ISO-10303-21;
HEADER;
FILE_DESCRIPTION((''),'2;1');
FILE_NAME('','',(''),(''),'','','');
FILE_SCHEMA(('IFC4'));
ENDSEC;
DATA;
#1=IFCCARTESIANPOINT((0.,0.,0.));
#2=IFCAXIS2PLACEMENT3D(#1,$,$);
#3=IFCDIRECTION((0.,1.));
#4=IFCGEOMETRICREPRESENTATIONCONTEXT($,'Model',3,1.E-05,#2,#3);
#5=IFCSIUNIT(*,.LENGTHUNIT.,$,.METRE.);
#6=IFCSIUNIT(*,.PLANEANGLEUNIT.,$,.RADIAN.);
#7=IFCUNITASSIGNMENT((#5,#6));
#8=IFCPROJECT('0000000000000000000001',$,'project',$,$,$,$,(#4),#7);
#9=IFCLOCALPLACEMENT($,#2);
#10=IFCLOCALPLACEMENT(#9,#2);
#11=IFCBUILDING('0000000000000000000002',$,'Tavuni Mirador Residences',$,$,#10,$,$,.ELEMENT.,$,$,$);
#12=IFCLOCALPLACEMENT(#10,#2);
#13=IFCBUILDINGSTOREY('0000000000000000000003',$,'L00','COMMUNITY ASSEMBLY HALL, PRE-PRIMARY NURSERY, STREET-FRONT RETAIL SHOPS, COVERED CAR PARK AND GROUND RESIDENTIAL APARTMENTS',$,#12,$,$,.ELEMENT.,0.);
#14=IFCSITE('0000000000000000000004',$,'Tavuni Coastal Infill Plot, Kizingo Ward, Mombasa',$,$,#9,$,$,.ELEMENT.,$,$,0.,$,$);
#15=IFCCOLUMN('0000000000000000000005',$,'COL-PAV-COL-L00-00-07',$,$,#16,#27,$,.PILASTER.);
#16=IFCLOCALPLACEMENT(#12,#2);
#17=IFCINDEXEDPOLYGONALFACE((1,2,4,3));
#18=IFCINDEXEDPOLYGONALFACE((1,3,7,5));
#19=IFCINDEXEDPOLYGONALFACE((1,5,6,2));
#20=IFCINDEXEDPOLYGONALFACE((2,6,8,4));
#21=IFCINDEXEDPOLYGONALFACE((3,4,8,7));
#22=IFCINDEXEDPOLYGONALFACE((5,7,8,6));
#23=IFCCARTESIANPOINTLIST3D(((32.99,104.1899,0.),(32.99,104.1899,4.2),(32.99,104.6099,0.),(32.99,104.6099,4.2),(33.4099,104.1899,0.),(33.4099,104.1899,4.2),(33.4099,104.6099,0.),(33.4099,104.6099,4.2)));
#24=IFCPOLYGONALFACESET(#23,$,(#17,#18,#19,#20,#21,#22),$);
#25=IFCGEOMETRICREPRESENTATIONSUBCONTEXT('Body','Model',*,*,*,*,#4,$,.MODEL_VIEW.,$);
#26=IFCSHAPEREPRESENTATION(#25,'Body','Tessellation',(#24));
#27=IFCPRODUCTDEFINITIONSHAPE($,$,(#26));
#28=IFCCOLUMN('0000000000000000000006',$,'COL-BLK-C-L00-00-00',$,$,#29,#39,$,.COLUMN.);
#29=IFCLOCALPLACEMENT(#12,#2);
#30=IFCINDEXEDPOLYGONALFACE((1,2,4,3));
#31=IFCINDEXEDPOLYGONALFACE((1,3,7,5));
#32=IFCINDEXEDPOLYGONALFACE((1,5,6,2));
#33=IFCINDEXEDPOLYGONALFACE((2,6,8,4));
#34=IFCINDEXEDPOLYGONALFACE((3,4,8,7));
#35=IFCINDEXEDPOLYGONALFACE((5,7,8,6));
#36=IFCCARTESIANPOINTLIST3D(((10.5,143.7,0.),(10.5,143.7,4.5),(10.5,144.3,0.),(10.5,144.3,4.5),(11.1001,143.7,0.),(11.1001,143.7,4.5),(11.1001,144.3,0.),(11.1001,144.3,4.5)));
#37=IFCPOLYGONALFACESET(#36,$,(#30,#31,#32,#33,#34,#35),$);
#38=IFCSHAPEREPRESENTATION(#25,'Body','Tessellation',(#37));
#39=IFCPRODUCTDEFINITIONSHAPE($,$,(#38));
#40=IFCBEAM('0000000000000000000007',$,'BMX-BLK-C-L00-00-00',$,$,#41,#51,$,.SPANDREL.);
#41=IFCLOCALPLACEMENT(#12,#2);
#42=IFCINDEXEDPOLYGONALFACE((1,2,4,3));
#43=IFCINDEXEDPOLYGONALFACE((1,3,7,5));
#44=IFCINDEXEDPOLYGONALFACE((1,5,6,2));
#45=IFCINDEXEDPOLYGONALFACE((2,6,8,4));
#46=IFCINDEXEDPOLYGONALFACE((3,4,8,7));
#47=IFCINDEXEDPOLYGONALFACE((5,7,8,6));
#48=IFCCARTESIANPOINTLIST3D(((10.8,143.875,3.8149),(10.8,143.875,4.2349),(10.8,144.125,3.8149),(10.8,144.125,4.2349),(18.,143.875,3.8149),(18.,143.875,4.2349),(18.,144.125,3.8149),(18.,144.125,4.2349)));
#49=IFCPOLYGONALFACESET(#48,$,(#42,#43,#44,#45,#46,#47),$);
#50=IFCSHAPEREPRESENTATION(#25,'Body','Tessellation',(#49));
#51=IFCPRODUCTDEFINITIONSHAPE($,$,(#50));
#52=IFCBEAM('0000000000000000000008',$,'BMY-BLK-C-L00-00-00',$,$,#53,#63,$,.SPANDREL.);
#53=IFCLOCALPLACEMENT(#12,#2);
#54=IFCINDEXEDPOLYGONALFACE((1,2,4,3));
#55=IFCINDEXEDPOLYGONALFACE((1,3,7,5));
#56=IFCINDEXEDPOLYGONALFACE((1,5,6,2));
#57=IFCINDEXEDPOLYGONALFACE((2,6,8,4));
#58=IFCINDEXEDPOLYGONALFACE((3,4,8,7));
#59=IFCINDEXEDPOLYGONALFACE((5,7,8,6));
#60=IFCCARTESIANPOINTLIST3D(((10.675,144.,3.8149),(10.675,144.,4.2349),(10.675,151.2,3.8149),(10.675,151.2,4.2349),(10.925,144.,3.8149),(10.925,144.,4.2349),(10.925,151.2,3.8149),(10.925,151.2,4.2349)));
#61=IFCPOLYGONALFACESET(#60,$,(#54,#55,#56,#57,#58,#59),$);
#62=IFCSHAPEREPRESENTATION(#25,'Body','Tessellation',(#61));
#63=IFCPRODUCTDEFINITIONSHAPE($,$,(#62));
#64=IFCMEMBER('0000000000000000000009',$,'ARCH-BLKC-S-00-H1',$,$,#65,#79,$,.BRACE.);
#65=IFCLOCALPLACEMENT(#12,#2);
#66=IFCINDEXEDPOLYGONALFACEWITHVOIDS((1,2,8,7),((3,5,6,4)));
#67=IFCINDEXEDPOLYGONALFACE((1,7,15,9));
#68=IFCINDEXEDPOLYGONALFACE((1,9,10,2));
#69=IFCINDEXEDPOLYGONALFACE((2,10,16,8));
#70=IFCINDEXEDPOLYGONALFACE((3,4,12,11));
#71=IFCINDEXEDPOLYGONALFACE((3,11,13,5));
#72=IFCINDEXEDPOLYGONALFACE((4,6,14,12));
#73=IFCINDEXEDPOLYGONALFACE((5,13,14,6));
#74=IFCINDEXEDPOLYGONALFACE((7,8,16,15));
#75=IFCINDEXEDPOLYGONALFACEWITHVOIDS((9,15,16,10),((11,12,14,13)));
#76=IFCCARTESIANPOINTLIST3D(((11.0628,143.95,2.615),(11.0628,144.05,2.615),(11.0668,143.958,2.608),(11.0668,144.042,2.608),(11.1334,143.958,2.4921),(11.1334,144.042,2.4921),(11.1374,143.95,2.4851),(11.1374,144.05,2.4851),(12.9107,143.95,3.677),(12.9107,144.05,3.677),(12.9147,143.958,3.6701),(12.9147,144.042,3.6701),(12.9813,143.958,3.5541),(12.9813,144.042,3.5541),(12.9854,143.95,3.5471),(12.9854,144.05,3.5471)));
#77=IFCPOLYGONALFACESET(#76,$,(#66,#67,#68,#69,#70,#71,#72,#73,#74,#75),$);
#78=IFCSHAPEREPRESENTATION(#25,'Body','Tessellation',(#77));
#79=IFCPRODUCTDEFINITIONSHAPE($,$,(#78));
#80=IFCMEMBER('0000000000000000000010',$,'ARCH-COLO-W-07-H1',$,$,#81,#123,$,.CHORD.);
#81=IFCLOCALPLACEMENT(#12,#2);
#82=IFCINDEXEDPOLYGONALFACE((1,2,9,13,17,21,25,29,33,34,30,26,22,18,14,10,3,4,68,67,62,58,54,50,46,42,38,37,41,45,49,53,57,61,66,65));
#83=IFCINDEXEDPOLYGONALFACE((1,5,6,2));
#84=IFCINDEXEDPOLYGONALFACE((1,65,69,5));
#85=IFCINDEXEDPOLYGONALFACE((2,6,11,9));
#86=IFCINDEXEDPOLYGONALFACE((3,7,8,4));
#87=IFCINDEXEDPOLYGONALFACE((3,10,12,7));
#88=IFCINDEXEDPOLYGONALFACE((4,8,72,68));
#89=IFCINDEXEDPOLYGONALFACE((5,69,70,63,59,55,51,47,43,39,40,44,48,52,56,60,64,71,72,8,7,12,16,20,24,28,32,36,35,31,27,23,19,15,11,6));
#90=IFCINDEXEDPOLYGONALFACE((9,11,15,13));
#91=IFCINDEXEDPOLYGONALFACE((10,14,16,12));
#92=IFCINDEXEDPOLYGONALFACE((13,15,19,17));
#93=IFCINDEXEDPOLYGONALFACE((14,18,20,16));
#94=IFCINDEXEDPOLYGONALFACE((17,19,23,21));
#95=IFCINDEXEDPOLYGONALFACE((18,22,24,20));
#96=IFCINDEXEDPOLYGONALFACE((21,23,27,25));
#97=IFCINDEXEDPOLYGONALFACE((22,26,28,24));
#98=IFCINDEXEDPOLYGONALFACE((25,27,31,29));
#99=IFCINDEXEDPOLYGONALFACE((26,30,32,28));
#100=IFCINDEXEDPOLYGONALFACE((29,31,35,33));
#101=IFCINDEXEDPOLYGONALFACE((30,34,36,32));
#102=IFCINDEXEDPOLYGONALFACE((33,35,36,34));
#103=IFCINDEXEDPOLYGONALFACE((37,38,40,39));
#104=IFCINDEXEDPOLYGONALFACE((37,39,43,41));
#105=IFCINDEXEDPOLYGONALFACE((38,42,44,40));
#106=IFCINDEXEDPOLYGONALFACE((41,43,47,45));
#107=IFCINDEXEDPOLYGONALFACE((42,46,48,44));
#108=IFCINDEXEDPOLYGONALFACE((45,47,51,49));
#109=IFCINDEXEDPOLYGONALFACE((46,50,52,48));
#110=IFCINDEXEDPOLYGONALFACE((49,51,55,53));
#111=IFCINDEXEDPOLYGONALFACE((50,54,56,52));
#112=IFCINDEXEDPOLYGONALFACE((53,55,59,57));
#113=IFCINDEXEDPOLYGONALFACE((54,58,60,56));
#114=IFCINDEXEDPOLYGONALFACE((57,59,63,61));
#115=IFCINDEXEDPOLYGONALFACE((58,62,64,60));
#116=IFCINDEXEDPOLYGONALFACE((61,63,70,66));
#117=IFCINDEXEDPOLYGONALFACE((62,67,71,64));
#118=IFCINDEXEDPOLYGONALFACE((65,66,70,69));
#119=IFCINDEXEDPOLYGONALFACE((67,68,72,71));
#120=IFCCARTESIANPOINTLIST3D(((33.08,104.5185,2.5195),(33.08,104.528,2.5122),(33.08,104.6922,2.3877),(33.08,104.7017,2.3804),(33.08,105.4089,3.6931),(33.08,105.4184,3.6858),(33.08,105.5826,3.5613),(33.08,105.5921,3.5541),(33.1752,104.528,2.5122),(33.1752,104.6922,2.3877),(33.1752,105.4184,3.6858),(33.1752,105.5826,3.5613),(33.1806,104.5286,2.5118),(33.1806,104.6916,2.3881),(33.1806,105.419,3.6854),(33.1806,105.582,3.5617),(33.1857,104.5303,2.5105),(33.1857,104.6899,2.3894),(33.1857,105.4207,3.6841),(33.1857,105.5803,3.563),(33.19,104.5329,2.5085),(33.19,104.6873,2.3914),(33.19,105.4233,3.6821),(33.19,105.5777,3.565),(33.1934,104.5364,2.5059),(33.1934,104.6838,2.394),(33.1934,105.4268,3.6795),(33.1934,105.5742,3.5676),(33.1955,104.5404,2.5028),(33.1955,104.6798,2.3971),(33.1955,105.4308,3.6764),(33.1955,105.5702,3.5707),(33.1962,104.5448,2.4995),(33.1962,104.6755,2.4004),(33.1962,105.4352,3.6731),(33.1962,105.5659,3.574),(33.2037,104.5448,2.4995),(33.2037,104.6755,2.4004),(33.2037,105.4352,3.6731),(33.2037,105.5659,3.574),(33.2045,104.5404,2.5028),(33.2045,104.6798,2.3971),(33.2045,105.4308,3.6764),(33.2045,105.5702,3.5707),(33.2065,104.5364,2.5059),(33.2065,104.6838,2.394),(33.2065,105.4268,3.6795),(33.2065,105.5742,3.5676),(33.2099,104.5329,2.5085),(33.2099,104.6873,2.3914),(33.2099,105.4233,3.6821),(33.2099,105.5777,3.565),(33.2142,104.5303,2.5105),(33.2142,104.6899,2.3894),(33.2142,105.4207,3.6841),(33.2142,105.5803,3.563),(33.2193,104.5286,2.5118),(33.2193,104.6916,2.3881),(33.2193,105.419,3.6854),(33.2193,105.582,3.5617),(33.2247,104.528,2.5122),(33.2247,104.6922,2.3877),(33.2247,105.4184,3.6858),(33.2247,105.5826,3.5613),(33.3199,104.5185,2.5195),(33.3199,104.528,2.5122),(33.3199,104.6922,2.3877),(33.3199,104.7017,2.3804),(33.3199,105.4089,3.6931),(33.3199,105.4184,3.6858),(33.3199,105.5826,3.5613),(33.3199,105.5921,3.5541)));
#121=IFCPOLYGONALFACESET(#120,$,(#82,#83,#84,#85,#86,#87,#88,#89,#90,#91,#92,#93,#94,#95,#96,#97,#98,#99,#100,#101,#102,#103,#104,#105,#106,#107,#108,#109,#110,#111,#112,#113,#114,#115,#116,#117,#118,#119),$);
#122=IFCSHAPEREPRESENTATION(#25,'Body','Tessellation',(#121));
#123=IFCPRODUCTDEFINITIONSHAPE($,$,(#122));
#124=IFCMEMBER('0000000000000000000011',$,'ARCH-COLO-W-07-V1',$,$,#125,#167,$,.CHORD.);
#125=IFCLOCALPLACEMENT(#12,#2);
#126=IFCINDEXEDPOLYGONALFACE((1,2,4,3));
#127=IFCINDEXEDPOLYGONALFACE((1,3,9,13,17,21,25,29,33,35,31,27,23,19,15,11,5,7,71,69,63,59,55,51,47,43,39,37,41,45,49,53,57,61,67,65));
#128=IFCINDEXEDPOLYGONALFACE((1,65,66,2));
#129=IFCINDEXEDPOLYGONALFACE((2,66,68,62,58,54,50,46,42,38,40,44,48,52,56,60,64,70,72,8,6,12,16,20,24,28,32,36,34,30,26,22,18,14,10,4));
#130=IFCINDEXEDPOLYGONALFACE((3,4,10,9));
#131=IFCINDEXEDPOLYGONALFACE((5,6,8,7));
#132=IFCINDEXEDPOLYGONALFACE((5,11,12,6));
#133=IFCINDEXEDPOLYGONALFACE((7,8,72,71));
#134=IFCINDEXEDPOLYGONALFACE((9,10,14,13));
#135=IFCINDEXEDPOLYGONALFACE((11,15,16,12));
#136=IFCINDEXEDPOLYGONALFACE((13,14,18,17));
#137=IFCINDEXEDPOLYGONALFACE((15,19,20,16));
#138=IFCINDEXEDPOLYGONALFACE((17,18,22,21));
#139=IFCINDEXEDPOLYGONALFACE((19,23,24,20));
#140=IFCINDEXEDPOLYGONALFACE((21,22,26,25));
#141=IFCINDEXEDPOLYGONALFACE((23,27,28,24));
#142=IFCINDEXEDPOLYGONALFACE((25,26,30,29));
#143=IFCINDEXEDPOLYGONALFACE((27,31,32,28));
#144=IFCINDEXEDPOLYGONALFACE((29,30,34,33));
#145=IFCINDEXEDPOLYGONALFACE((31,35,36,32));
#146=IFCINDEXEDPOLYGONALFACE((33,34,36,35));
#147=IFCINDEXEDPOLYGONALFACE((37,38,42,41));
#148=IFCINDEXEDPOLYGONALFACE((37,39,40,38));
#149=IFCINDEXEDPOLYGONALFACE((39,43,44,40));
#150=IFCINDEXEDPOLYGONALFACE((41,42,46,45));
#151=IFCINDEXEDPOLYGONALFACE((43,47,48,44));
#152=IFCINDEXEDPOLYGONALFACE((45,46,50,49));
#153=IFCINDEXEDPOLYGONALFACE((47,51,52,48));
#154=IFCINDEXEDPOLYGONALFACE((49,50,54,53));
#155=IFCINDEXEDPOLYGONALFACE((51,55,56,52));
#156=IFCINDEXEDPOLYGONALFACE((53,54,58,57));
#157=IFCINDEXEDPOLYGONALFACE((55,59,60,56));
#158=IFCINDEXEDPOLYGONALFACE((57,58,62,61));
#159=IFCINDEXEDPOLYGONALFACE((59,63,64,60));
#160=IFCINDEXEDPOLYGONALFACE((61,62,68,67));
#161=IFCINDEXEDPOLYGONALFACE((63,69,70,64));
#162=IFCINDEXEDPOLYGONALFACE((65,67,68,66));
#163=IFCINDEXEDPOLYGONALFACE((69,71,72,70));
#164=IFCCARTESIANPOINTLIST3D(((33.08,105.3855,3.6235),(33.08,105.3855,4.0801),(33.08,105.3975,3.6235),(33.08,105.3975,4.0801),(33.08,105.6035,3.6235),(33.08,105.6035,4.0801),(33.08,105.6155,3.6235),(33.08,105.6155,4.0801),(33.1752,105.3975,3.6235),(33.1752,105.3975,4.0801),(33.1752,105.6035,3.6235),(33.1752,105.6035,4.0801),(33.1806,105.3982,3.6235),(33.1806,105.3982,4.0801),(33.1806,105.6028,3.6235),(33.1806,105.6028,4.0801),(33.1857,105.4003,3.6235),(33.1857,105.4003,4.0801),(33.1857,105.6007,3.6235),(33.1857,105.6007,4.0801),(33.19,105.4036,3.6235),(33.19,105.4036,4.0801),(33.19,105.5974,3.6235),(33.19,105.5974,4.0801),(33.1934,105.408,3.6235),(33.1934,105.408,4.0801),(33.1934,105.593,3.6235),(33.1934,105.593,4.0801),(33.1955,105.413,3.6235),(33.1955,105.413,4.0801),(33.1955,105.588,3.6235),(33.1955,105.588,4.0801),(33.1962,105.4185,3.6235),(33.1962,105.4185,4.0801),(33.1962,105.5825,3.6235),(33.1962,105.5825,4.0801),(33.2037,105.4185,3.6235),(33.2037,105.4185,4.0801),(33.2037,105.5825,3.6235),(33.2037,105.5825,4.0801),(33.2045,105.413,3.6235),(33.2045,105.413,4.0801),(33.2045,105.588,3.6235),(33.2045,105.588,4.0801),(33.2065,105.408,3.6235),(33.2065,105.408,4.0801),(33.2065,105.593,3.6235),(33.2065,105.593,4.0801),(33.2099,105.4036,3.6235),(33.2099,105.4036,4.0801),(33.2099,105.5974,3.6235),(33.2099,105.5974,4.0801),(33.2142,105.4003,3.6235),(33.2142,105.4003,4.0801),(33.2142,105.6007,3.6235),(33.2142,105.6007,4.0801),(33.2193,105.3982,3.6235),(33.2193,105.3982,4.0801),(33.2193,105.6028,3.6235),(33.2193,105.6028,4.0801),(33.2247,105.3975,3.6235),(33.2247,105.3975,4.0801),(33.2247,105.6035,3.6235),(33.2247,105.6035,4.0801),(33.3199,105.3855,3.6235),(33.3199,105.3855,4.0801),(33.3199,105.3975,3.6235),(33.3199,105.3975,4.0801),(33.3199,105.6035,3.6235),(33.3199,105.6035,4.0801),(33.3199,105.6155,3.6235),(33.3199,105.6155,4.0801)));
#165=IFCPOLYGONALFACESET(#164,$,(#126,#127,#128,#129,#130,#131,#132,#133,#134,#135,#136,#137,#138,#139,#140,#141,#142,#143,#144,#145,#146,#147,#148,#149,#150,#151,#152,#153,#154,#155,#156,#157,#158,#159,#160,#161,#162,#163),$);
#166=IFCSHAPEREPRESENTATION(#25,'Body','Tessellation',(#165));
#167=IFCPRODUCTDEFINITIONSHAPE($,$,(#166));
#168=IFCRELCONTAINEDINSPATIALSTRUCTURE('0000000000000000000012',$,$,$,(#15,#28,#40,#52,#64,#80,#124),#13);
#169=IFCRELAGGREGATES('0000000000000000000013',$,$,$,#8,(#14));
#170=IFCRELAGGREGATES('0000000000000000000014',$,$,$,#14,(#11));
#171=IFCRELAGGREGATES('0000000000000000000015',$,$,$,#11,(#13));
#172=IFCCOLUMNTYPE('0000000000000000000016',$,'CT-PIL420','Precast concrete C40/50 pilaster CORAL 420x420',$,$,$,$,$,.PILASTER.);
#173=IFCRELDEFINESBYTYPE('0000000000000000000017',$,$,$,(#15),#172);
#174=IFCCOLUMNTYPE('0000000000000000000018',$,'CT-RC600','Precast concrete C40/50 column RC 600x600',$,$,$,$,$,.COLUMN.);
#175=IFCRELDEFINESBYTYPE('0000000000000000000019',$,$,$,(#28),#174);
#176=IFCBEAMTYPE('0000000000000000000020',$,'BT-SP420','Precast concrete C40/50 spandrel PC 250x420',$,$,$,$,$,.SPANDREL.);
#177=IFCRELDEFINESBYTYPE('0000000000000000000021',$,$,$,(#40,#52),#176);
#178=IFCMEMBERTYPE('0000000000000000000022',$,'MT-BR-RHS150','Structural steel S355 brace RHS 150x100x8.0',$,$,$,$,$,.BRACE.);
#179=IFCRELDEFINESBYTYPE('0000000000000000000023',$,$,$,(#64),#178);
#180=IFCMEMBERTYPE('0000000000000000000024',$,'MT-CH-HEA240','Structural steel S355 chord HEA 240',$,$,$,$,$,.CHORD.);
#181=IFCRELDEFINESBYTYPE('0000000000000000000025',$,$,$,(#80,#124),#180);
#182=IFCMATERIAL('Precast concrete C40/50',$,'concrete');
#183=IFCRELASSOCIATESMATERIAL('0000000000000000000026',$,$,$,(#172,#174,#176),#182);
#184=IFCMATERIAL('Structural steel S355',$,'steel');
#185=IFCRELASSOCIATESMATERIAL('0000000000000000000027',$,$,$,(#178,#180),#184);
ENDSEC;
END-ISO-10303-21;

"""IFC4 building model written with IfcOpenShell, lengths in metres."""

from ifc_helpers import new_model, si_unit, direction, frame, origin, origin_2d, place, context, subcontext, project, spatial, rectangle, hollow_rectangle, i_section, extrude, material, material_profile, profile_set, type_object, element, save


model = new_model("IFC4")

# Units and contexts
model_context = context("Model", 3, precision=1e-05, world=origin(), true_north=direction((0.0, 1.0)))
body_context = subcontext(model_context, "Body", "Model", "MODEL_VIEW")
ifc_project = project(units=[si_unit("LENGTHUNIT", "METRE"), si_unit("PLANEANGLEUNIT", "RADIAN")], contexts=[model_context])

# Site, building, storey
site_placement = place(None, origin())
site = spatial("IfcSite", under=ifc_project, at=site_placement, Name="Tavuni Coastal Infill Plot, Kizingo Ward, Mombasa", CompositionType="ELEMENT", RefElevation=0.0)
building_placement = place(site_placement, origin())
building = spatial("IfcBuilding", under=site, at=building_placement, Name="Tavuni Mirador Residences", CompositionType="ELEMENT")
storey_placement = place(building_placement, origin())
storey = spatial("IfcBuildingStorey", under=building, at=storey_placement, Name="L00", Description="COMMUNITY ASSEMBLY HALL, PRE-PRIMARY NURSERY, STREET-FRONT RETAIL SHOPS, COVERED CAR PARK AND GROUND RESIDENTIAL APARTMENTS", CompositionType="ELEMENT", Elevation=0.0)

# Columns
ifc_material_1 = material(Name="Precast concrete C40/50", Category="concrete")
ifc_material_profile_1 = material_profile(ifc_material_1, rectangle(XDim=0.4199, YDim=0.4199, at=origin_2d()), Name="CORAL 420x420", Category="concrete")
ifc_profile_set_1 = profile_set([ifc_material_profile_1], Name="Precast concrete C40/50")
column_type_1 = type_object("IfcColumnType", Name="CT-PIL420", Description="Precast concrete C40/50 pilaster CORAL 420x420", PredefinedType="PILASTER", material=ifc_profile_set_1)
column_1_placement = place(storey_placement, frame((33.2, 104.3999, 0.0), z_axis=(0.0, 0.0, 1.0), x_axis=(1.0, 0.0, 0.0)))
element("IfcColumn", 1, at=column_1_placement, inside=storey, type_object=column_type_1, Name="COL-PAV-COL-L00-00-07", PredefinedType="PILASTER", context=body_context, shape_type="SweptSolid", body=[
    extrude(rectangle(XDim=0.4199, YDim=0.4199, at=origin_2d()), origin(), (0.0, 0.0, 1.0), 4.2),
])
ifc_material_profile_2 = material_profile(ifc_material_1, rectangle(XDim=0.6001, YDim=0.6001, at=origin_2d()), Name="RC 600x600", Category="concrete")
ifc_profile_set_2 = profile_set([ifc_material_profile_2], Name="Precast concrete C40/50")
column_type_2 = type_object("IfcColumnType", Name="CT-RC600", Description="Precast concrete C40/50 column RC 600x600", PredefinedType="COLUMN", material=ifc_profile_set_2)
column_2_placement = place(storey_placement, frame((10.8, 144.0, 0.0), z_axis=(0.0, 0.0, 1.0), x_axis=(1.0, 0.0, 0.0)))
element("IfcColumn", 2, at=column_2_placement, inside=storey, type_object=column_type_2, Name="COL-BLK-C-L00-00-00", PredefinedType="COLUMN", context=body_context, shape_type="SweptSolid", body=[
    extrude(rectangle(XDim=0.6001, YDim=0.6001, at=origin_2d()), origin(), (0.0, 0.0, 1.0), 4.5),
])

# Beams
ifc_material_profile_3 = material_profile(ifc_material_1, rectangle(XDim=0.25, YDim=0.4199, at=origin_2d()), Name="PC 250x420", Category="concrete")
ifc_profile_set_3 = profile_set([ifc_material_profile_3], Name="Precast concrete C40/50")
beam_type = type_object("IfcBeamType", Name="BT-SP420", Description="Precast concrete C40/50 spandrel PC 250x420", PredefinedType="SPANDREL", material=ifc_profile_set_3)
for number, where, z_axis, x_axis, name in (
    (3, (10.8, 144.0, 4.0249), (1.0, 0.0, 0.0), (0.0, 1.0, 0.0), "BMX-BLK-C-L00-00-00"),
    (4, (10.8, 144.0, 4.0249), (0.0, 1.0, 0.0), (-1.0, 0.0, 0.0), "BMY-BLK-C-L00-00-00"),
):
    element("IfcBeam", number, at=place(storey_placement, frame(where, z_axis=z_axis, x_axis=x_axis)), inside=storey, type_object=beam_type, Name=name, PredefinedType="SPANDREL", context=body_context, shape_type="SweptSolid", body=[
        extrude(rectangle(XDim=0.25, YDim=0.4199, at=origin_2d()), origin(), (0.0, 0.0, 1.0), 7.2),
    ])

# Members
ifc_material_2 = material(Name="Structural steel S355", Category="steel")
ifc_material_profile_4 = material_profile(ifc_material_2, hollow_rectangle(XDim=0.1001, YDim=0.1499, WallThickness=0.0081, at=origin_2d()), Name="RHS 150x100x8.0", Category="steel")
ifc_profile_set_4 = profile_set([ifc_material_profile_4], Name="Structural steel S355")
member_type_1 = type_object("IfcMemberType", Name="MT-BR-RHS150", Description="Structural steel S355 brace RHS 150x100x8.0", PredefinedType="BRACE", material=ifc_profile_set_4)
member_1_placement = place(storey_placement, frame((11.1001, 144.0, 2.55), z_axis=(0.867014, 0.0, 0.498284), x_axis=(0.0, 1.0, 0.0)))
element("IfcMember", 5, at=member_1_placement, inside=storey, type_object=member_type_1, Name="ARCH-BLKC-S-00-H1", PredefinedType="BRACE", context=body_context, shape_type="SweptSolid", body=[
    extrude(hollow_rectangle(XDim=0.1001, YDim=0.1499, WallThickness=0.0081, at=origin_2d()), origin(), (0.0, 0.0, 1.0), 2.1313),
])
ifc_material_profile_5 = material_profile(ifc_material_2, i_section(OverallWidth=0.24, OverallDepth=0.23, WebThickness=0.0076, FlangeThickness=0.012, FilletRadius=0.021, at=origin_2d()), Name="HEA 240", Category="steel")
ifc_profile_set_5 = profile_set([ifc_material_profile_5], Name="Structural steel S355")
member_type_2 = type_object("IfcMemberType", Name="MT-CH-HEA240", Description="Structural steel S355 chord HEA 240", PredefinedType="CHORD", material=ifc_profile_set_5)
member_2_placement = place(storey_placement, frame((33.2, 104.6101, 2.45), z_axis=(0.0, 0.604419, 0.796667), x_axis=(-1.0, 0.0, 0.0)))
element("IfcMember", 6, at=member_2_placement, inside=storey, type_object=member_type_2, Name="ARCH-COLO-W-07-H1", PredefinedType="CHORD", context=body_context, shape_type="SweptSolid", body=[
    extrude(i_section(OverallWidth=0.24, OverallDepth=0.23, WebThickness=0.0076, FlangeThickness=0.012, FilletRadius=0.021, at=origin_2d()), origin(), (0.0, 0.0, 1.0), 1.4731),
])
member_3_placement = place(storey_placement, frame((33.2, 105.5005, 3.6235), z_axis=(0.0, 0.0, 1.0), x_axis=(1.0, 0.0, 0.0)))
element("IfcMember", 7, at=member_3_placement, inside=storey, type_object=member_type_2, Name="ARCH-COLO-W-07-V1", PredefinedType="CHORD", context=body_context, shape_type="SweptSolid", body=[
    extrude(i_section(OverallWidth=0.24, OverallDepth=0.23, WebThickness=0.0076, FlangeThickness=0.012, FilletRadius=0.021, at=origin_2d()), origin(), (0.0, 0.0, 1.0), 0.4565),
])

save(model, "model.ifc")
